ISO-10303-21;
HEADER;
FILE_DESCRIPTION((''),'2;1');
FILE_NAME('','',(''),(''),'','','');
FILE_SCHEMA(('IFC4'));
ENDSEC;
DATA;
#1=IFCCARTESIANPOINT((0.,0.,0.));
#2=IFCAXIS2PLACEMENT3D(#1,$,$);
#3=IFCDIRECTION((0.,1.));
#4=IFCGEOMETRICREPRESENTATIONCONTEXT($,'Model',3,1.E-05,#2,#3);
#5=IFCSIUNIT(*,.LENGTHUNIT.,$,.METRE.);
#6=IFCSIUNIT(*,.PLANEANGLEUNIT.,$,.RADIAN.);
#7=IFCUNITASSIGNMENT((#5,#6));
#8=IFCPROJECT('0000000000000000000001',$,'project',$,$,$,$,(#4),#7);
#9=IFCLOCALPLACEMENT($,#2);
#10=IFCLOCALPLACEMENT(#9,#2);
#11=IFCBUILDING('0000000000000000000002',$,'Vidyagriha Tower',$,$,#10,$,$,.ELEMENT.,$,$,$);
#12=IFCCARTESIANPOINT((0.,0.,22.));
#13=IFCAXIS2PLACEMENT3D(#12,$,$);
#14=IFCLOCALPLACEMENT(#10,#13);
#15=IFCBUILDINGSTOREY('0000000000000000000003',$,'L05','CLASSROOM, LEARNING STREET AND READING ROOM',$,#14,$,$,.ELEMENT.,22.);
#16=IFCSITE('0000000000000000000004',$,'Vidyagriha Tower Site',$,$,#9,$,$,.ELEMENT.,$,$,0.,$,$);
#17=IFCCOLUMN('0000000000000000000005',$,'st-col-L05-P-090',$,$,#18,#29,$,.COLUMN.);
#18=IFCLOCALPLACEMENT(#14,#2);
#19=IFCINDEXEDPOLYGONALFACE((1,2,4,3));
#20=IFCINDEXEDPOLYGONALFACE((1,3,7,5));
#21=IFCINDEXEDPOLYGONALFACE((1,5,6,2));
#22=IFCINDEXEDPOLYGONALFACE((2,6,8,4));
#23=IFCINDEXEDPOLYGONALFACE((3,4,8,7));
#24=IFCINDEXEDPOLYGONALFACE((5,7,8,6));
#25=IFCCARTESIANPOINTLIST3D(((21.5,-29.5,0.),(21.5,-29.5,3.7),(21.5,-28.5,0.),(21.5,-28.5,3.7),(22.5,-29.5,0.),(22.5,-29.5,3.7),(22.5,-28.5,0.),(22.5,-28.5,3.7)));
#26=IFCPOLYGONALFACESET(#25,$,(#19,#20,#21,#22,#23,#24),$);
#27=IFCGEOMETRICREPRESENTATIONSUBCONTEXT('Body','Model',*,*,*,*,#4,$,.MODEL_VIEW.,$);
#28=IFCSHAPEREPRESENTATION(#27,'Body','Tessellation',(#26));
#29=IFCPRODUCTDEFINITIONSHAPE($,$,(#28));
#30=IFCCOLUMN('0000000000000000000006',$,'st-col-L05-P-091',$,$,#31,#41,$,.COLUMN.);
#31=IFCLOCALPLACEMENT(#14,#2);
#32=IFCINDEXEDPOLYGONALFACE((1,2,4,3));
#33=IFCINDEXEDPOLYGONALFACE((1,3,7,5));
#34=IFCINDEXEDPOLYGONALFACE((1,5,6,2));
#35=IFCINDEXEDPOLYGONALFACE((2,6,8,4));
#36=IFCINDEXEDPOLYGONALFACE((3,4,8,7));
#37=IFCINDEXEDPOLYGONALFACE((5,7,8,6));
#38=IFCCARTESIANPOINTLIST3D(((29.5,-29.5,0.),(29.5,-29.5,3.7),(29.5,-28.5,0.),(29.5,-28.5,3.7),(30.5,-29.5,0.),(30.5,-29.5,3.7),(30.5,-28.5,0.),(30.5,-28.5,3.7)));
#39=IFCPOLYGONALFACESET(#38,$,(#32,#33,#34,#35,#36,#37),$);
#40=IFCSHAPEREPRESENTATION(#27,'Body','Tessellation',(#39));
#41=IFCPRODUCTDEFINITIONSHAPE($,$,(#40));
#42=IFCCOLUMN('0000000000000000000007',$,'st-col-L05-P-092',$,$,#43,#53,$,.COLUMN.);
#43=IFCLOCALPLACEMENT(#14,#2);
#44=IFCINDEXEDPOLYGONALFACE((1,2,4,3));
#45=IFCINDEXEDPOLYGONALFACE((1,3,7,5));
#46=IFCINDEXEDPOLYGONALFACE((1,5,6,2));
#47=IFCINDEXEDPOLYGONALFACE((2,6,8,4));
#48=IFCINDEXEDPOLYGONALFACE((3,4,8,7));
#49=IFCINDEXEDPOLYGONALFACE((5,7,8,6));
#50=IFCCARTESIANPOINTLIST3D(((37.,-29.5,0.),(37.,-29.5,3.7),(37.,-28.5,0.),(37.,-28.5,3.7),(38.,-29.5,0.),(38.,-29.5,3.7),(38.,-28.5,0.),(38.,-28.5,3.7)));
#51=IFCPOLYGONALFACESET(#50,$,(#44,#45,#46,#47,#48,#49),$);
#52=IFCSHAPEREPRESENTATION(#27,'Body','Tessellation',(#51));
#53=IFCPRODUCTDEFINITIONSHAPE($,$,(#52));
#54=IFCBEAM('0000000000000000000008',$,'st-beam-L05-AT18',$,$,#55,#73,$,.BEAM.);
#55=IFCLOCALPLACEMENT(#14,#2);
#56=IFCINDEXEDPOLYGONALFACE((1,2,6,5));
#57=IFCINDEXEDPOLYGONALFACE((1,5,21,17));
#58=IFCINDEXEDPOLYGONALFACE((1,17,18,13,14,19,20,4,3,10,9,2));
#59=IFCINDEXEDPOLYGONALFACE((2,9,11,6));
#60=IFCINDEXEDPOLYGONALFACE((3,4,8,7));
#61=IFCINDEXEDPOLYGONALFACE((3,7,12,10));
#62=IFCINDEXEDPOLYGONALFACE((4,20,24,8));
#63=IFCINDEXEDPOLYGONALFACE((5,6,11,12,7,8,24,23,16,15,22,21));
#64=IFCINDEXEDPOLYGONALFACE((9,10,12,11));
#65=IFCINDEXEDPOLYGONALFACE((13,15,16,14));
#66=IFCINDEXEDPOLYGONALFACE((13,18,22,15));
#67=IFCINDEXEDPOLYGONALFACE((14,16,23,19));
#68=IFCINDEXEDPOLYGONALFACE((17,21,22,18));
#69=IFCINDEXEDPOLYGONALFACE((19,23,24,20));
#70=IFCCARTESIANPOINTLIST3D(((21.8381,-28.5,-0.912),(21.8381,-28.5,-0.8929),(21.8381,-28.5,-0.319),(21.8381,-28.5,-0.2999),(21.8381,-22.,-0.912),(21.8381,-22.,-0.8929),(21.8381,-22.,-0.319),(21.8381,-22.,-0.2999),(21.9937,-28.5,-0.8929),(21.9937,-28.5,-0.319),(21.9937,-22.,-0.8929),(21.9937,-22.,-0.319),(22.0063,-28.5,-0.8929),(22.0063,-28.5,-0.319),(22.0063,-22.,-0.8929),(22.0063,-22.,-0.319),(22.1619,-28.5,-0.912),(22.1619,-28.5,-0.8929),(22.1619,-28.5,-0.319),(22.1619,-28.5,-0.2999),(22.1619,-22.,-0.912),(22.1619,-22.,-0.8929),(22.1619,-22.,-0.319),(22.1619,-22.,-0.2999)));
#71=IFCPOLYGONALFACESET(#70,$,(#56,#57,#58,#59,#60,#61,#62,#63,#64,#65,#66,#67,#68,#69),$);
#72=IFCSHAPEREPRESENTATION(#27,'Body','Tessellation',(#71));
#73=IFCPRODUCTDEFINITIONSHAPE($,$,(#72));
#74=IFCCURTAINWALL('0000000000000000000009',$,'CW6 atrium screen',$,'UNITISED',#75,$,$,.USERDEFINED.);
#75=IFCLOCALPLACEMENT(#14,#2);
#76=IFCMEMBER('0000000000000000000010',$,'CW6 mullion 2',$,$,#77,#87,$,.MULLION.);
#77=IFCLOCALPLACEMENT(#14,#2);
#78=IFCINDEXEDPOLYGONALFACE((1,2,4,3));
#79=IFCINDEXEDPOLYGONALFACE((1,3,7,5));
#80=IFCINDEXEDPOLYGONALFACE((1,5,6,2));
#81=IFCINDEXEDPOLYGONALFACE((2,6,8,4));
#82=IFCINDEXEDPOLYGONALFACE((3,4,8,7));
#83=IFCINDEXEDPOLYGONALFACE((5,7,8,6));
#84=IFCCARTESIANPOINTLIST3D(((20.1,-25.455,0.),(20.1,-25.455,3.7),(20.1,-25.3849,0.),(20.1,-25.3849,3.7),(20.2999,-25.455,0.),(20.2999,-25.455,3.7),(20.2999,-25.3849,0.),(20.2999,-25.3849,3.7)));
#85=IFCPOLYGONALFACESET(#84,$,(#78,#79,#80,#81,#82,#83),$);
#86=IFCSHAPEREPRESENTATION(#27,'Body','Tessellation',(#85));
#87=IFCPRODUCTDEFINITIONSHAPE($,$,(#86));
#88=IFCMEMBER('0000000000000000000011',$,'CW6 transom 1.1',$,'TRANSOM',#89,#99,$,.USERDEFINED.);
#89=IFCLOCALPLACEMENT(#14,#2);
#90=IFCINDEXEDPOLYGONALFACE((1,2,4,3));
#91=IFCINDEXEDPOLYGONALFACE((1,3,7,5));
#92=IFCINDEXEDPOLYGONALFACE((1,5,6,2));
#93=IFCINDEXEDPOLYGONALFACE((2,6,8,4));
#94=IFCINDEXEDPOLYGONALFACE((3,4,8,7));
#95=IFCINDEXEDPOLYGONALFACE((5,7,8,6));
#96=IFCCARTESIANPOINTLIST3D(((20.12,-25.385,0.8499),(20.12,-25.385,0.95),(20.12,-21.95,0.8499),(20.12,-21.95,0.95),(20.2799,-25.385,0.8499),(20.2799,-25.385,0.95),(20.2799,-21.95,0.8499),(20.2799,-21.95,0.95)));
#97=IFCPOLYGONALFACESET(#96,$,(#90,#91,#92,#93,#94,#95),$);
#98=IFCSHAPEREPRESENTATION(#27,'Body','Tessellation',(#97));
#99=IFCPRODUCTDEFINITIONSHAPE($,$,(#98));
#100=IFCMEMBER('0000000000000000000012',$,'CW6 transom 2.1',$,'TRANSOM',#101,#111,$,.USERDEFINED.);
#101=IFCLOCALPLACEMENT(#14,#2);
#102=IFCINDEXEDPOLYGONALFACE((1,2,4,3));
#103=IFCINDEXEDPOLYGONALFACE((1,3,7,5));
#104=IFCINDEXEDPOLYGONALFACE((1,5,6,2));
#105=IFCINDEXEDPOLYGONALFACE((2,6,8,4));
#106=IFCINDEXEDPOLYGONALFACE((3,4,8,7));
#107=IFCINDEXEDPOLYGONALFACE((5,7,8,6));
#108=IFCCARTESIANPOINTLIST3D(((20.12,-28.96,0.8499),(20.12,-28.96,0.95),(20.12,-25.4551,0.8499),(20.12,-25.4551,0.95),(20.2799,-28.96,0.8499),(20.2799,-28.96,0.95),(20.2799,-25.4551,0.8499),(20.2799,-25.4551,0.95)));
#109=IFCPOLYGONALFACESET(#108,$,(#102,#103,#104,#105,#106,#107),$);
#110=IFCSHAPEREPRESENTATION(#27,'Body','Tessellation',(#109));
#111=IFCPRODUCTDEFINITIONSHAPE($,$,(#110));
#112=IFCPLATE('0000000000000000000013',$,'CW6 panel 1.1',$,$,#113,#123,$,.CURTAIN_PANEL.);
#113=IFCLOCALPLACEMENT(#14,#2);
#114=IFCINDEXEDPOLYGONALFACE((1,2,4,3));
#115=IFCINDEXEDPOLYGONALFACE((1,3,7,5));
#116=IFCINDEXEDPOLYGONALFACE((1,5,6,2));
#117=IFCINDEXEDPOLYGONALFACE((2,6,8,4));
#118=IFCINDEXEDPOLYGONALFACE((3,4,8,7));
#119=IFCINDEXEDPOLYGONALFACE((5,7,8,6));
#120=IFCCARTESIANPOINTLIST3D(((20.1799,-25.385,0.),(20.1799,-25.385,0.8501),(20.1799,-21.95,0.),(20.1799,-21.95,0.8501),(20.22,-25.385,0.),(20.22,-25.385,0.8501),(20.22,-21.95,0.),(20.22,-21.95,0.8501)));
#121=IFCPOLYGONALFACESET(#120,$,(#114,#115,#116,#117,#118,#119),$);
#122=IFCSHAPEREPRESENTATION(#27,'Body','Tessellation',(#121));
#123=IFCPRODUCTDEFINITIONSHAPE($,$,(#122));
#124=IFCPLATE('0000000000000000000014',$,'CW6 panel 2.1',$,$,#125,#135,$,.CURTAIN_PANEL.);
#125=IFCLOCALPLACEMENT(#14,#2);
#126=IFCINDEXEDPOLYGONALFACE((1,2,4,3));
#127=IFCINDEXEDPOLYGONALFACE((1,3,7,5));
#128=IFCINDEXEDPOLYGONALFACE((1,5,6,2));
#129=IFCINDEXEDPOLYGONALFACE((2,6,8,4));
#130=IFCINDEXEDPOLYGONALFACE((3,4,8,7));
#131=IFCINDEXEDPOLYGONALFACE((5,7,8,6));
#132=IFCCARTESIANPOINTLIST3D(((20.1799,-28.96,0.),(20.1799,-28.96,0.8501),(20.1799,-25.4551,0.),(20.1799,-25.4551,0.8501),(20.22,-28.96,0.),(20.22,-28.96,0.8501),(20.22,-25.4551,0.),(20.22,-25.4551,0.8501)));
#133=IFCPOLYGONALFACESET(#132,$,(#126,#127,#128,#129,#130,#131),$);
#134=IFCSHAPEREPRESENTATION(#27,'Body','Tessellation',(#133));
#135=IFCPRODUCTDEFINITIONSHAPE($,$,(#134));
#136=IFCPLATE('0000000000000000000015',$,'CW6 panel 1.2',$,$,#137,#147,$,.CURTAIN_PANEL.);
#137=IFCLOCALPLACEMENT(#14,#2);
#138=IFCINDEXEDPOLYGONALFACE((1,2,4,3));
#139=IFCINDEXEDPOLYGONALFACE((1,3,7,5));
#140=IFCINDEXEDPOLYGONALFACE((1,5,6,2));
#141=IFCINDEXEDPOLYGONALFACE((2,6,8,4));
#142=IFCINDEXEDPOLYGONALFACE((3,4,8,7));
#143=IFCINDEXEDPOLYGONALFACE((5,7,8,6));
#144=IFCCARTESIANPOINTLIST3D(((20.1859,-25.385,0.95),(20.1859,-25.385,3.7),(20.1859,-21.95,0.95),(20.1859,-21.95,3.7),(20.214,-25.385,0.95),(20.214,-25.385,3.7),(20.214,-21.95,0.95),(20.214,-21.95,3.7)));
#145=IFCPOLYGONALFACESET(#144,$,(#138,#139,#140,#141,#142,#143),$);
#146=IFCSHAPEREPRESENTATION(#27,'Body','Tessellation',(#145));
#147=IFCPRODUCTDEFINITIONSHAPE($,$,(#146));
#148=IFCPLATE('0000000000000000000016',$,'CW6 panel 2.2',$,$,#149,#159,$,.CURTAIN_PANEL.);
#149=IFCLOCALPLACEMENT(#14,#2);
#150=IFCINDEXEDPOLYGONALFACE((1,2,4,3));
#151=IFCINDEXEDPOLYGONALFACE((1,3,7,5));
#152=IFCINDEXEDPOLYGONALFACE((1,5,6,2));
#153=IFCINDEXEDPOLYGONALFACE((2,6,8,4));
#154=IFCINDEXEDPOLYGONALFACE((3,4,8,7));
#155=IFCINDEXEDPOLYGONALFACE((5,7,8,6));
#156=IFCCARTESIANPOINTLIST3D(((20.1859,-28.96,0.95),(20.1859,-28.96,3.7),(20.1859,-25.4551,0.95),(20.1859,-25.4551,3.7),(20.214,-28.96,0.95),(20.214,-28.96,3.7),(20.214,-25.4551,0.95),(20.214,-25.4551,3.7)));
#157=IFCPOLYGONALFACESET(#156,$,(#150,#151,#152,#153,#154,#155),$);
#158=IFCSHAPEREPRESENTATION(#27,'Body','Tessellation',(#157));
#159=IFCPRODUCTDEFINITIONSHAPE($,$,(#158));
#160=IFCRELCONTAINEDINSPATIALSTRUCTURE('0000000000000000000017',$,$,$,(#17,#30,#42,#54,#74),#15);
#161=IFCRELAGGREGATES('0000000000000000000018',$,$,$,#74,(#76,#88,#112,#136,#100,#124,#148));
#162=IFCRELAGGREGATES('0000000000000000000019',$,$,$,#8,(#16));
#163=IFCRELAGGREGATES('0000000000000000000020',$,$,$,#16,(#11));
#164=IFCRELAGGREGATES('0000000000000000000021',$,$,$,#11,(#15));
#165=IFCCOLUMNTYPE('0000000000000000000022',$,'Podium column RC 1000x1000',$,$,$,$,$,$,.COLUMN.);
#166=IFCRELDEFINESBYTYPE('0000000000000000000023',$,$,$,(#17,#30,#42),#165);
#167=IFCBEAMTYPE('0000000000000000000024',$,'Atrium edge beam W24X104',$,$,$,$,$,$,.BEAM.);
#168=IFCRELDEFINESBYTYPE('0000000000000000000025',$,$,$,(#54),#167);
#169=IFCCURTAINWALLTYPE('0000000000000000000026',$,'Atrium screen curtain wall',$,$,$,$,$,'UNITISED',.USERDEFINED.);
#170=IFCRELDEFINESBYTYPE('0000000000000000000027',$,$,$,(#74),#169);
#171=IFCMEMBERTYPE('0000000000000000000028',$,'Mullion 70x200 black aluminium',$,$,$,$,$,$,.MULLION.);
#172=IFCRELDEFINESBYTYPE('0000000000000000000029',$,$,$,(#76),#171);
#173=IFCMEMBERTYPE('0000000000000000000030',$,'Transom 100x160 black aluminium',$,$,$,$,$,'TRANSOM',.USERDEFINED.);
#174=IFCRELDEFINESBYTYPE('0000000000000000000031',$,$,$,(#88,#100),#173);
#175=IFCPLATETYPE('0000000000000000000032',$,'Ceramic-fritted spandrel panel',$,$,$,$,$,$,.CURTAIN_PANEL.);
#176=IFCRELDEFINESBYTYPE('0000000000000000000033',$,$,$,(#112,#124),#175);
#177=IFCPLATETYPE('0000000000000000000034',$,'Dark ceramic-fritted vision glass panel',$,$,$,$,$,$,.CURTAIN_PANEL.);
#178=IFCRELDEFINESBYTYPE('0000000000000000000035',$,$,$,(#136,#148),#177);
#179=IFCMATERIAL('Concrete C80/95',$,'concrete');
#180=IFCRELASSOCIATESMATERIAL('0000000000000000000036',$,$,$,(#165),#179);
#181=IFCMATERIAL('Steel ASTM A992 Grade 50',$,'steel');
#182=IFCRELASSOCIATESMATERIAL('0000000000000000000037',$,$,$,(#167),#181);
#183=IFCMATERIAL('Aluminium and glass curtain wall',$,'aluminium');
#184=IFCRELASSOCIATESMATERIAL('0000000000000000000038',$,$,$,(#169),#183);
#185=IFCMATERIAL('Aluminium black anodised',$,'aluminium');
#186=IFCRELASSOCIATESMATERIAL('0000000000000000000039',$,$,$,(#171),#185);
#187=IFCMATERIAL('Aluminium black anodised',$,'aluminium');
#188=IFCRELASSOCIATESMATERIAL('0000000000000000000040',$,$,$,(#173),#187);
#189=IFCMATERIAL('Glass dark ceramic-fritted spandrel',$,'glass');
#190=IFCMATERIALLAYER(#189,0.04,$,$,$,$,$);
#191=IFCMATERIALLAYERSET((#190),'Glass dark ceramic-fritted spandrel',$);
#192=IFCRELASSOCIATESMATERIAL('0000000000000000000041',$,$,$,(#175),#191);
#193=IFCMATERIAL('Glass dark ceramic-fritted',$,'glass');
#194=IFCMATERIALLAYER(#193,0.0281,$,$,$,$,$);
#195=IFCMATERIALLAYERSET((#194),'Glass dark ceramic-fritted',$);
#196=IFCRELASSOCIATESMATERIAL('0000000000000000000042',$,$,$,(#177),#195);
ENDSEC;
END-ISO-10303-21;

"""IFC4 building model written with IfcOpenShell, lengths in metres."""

from ifc_helpers import new_model, si_unit, direction, frame, origin, origin_2d, place, context, subcontext, project, spatial, rectangle, i_section, extrude, material, layer, layer_set, material_profile, profile_set, type_object, element, aggregate, save


model = new_model("IFC4")

# Units and contexts
model_context = context("Model", 3, precision=1e-05, world=origin(), true_north=direction((0.0, 1.0)))
body_context = subcontext(model_context, "Body", "Model", "MODEL_VIEW")
ifc_project = project(units=[si_unit("LENGTHUNIT", "METRE"), si_unit("PLANEANGLEUNIT", "RADIAN")], contexts=[model_context])

# Site, building, storey
site_placement = place(None, origin())
site = spatial("IfcSite", under=ifc_project, at=site_placement, Name="Vidyagriha Tower Site", CompositionType="ELEMENT", RefElevation=0.0)
building_placement = place(site_placement, origin())
building = spatial("IfcBuilding", under=site, at=building_placement, Name="Vidyagriha Tower", CompositionType="ELEMENT")
storey_placement = place(building_placement, frame((0.0, 0.0, 22.0)))
storey = spatial("IfcBuildingStorey", under=building, at=storey_placement, Name="L05", Description="CLASSROOM, LEARNING STREET AND READING ROOM", CompositionType="ELEMENT", Elevation=22.0)

# Columns
ifc_material_1 = material(Name="Concrete C80/95", Category="concrete")
ifc_material_profile_1 = material_profile(ifc_material_1, rectangle(XDim=1.0, YDim=1.0, at=origin_2d()), Name="RC 1000x1000")
ifc_profile_set_1 = profile_set([ifc_material_profile_1], Name="Concrete C80/95")
column_type = type_object("IfcColumnType", Name="Podium column RC 1000x1000", PredefinedType="COLUMN", material=ifc_profile_set_1)
for number, where, name in (
    (1, (22.0, -29.0, 0.0), "st-col-L05-P-090"),
    (2, (30.0, -29.0, 0.0), "st-col-L05-P-091"),
    (3, (37.5, -29.0, 0.0), "st-col-L05-P-092"),
):
    element("IfcColumn", number, at=place(storey_placement, frame(where)), inside=storey, type_object=column_type, Name=name, PredefinedType="COLUMN", context=body_context, shape_type="SweptSolid", body=[
        extrude(rectangle(XDim=1.0, YDim=1.0, at=origin_2d()), origin(), (0.0, 0.0, 1.0), 3.7),
    ])

# Beam
ifc_material_2 = material(Name="Steel ASTM A992 Grade 50", Category="steel")
ifc_material_profile_2 = material_profile(ifc_material_2, i_section(OverallWidth=0.3237, OverallDepth=0.6121, WebThickness=0.0127, FlangeThickness=0.019, at=origin_2d()), Name="W24X104")
ifc_profile_set_2 = profile_set([ifc_material_profile_2], Name="Steel ASTM A992 Grade 50")
beam_type = type_object("IfcBeamType", Name="Atrium edge beam W24X104", PredefinedType="BEAM", material=ifc_profile_set_2)
beam_placement = place(storey_placement, frame((22.0, -28.5, -0.606), z_axis=(0.0, 1.0, 0.0), x_axis=(-1.0, 0.0, 0.0)))
element("IfcBeam", 4, at=beam_placement, inside=storey, type_object=beam_type, Name="st-beam-L05-AT18", PredefinedType="BEAM", context=body_context, shape_type="SweptSolid", body=[
    extrude(i_section(OverallWidth=0.3237, OverallDepth=0.6121, WebThickness=0.0127, FlangeThickness=0.019, at=origin_2d()), origin(), (0.0, 0.0, 1.0), 6.5),
])

# Curtain wall, members, plates
ifc_material_3 = material(Name="Aluminium and glass curtain wall", Category="aluminium")
curtain_wall_type = type_object("IfcCurtainWallType", Name="Atrium screen curtain wall", ElementType="UNITISED", PredefinedType="USERDEFINED", material=ifc_material_3)
curtain_wall_placement = place(storey_placement, origin())
curtain_wall = element("IfcCurtainWall", 5, at=curtain_wall_placement, inside=storey, type_object=curtain_wall_type, Name="CW6 atrium screen", ObjectType="UNITISED", PredefinedType="USERDEFINED")
ifc_material_4 = material(Name="Aluminium black anodised", Category="aluminium")
ifc_material_profile_3 = material_profile(ifc_material_4, rectangle(XDim=0.2, YDim=0.0701, at=origin_2d()), Name="Mullion 70x200 black aluminium")
ifc_profile_set_3 = profile_set([ifc_material_profile_3], Name="Aluminium black anodised")
member_type_1 = type_object("IfcMemberType", Name="Mullion 70x200 black aluminium", PredefinedType="MULLION", material=ifc_profile_set_3)
member_1_placement = place(storey_placement, frame((20.2, -25.4199, 0.0)))
member_1 = element("IfcMember", 6, at=member_1_placement, type_object=member_type_1, Name="CW6 mullion 2", PredefinedType="MULLION", context=body_context, shape_type="SweptSolid", body=[
    extrude(rectangle(XDim=0.2, YDim=0.0701, at=origin_2d()), origin(), (0.0, 0.0, 1.0), 3.7),
])
ifc_material_5 = material(Name="Aluminium black anodised", Category="aluminium")
ifc_material_profile_4 = material_profile(ifc_material_5, rectangle(XDim=0.1599, YDim=0.1001, at=origin_2d()), Name="Transom 100x160 black aluminium")
ifc_profile_set_4 = profile_set([ifc_material_profile_4], Name="Aluminium black anodised")
member_type_2 = type_object("IfcMemberType", Name="Transom 100x160 black aluminium", ElementType="TRANSOM", PredefinedType="USERDEFINED", material=ifc_profile_set_4)
member_2_placement = place(storey_placement, frame((20.2, -21.95, 0.8999), z_axis=(0.0, -1.0, 0.0), x_axis=(1.0, 0.0, 0.0)))
member_2 = element("IfcMember", 7, at=member_2_placement, type_object=member_type_2, Name="CW6 transom 1.1", ObjectType="TRANSOM", PredefinedType="USERDEFINED", context=body_context, shape_type="SweptSolid", body=[
    extrude(rectangle(XDim=0.1599, YDim=0.1001, at=origin_2d()), origin(), (0.0, 0.0, 1.0), 3.4351),
])
member_3_placement = place(storey_placement, frame((20.2, -25.4551, 0.8999), z_axis=(0.0, -1.0, 0.0), x_axis=(1.0, 0.0, 0.0)))
member_3 = element("IfcMember", 8, at=member_3_placement, type_object=member_type_2, Name="CW6 transom 2.1", ObjectType="TRANSOM", PredefinedType="USERDEFINED", context=body_context, shape_type="SweptSolid", body=[
    extrude(rectangle(XDim=0.1599, YDim=0.1001, at=origin_2d()), origin(), (0.0, 0.0, 1.0), 3.5049),
])
ifc_material_6 = material(Name="Glass dark ceramic-fritted spandrel", Category="glass")
ifc_layer_1 = layer(ifc_material_6, 0.04)
ifc_layer_set_1 = layer_set([ifc_layer_1], Name="Glass dark ceramic-fritted spandrel")
plate_type_1 = type_object("IfcPlateType", Name="Ceramic-fritted spandrel panel", PredefinedType="CURTAIN_PANEL", material=ifc_layer_set_1)
plate_1_placement = place(storey_placement, frame((20.2, -23.6675, 0.0), z_axis=(0.0, 0.0, 1.0), x_axis=(0.0, -1.0, 0.0)))
plate_1 = element("IfcPlate", 9, at=plate_1_placement, type_object=plate_type_1, Name="CW6 panel 1.1", PredefinedType="CURTAIN_PANEL", context=body_context, shape_type="SweptSolid", body=[
    extrude(rectangle(XDim=3.4351, YDim=0.04, at=origin_2d()), origin(), (0.0, 0.0, 1.0), 0.8501),
])
plate_2_placement = place(storey_placement, frame((20.2, -27.2075, 0.0), z_axis=(0.0, 0.0, 1.0), x_axis=(0.0, -1.0, 0.0)))
plate_2 = element("IfcPlate", 10, at=plate_2_placement, type_object=plate_type_1, Name="CW6 panel 2.1", PredefinedType="CURTAIN_PANEL", context=body_context, shape_type="SweptSolid", body=[
    extrude(rectangle(XDim=3.5049, YDim=0.04, at=origin_2d()), origin(), (0.0, 0.0, 1.0), 0.8501),
])
ifc_material_7 = material(Name="Glass dark ceramic-fritted", Category="glass")
ifc_layer_2 = layer(ifc_material_7, 0.0281)
ifc_layer_set_2 = layer_set([ifc_layer_2], Name="Glass dark ceramic-fritted")
plate_type_2 = type_object("IfcPlateType", Name="Dark ceramic-fritted vision glass panel", PredefinedType="CURTAIN_PANEL", material=ifc_layer_set_2)
plate_3_placement = place(storey_placement, frame((20.2, -23.6675, 0.95), z_axis=(0.0, 0.0, 1.0), x_axis=(0.0, -1.0, 0.0)))
plate_3 = element("IfcPlate", 11, at=plate_3_placement, type_object=plate_type_2, Name="CW6 panel 1.2", PredefinedType="CURTAIN_PANEL", context=body_context, shape_type="SweptSolid", body=[
    extrude(rectangle(XDim=3.4351, YDim=0.0281, at=origin_2d()), origin(), (0.0, 0.0, 1.0), 2.75),
])
plate_4_placement = place(storey_placement, frame((20.2, -27.2075, 0.95), z_axis=(0.0, 0.0, 1.0), x_axis=(0.0, -1.0, 0.0)))
plate_4 = element("IfcPlate", 12, at=plate_4_placement, type_object=plate_type_2, Name="CW6 panel 2.2", PredefinedType="CURTAIN_PANEL", context=body_context, shape_type="SweptSolid", body=[
    extrude(rectangle(XDim=3.5049, YDim=0.0281, at=origin_2d()), origin(), (0.0, 0.0, 1.0), 2.75),
])
aggregate(curtain_wall, [member_1, member_2, plate_1, plate_3, member_3, plate_2, plate_4])

save(model, "model.ifc")
